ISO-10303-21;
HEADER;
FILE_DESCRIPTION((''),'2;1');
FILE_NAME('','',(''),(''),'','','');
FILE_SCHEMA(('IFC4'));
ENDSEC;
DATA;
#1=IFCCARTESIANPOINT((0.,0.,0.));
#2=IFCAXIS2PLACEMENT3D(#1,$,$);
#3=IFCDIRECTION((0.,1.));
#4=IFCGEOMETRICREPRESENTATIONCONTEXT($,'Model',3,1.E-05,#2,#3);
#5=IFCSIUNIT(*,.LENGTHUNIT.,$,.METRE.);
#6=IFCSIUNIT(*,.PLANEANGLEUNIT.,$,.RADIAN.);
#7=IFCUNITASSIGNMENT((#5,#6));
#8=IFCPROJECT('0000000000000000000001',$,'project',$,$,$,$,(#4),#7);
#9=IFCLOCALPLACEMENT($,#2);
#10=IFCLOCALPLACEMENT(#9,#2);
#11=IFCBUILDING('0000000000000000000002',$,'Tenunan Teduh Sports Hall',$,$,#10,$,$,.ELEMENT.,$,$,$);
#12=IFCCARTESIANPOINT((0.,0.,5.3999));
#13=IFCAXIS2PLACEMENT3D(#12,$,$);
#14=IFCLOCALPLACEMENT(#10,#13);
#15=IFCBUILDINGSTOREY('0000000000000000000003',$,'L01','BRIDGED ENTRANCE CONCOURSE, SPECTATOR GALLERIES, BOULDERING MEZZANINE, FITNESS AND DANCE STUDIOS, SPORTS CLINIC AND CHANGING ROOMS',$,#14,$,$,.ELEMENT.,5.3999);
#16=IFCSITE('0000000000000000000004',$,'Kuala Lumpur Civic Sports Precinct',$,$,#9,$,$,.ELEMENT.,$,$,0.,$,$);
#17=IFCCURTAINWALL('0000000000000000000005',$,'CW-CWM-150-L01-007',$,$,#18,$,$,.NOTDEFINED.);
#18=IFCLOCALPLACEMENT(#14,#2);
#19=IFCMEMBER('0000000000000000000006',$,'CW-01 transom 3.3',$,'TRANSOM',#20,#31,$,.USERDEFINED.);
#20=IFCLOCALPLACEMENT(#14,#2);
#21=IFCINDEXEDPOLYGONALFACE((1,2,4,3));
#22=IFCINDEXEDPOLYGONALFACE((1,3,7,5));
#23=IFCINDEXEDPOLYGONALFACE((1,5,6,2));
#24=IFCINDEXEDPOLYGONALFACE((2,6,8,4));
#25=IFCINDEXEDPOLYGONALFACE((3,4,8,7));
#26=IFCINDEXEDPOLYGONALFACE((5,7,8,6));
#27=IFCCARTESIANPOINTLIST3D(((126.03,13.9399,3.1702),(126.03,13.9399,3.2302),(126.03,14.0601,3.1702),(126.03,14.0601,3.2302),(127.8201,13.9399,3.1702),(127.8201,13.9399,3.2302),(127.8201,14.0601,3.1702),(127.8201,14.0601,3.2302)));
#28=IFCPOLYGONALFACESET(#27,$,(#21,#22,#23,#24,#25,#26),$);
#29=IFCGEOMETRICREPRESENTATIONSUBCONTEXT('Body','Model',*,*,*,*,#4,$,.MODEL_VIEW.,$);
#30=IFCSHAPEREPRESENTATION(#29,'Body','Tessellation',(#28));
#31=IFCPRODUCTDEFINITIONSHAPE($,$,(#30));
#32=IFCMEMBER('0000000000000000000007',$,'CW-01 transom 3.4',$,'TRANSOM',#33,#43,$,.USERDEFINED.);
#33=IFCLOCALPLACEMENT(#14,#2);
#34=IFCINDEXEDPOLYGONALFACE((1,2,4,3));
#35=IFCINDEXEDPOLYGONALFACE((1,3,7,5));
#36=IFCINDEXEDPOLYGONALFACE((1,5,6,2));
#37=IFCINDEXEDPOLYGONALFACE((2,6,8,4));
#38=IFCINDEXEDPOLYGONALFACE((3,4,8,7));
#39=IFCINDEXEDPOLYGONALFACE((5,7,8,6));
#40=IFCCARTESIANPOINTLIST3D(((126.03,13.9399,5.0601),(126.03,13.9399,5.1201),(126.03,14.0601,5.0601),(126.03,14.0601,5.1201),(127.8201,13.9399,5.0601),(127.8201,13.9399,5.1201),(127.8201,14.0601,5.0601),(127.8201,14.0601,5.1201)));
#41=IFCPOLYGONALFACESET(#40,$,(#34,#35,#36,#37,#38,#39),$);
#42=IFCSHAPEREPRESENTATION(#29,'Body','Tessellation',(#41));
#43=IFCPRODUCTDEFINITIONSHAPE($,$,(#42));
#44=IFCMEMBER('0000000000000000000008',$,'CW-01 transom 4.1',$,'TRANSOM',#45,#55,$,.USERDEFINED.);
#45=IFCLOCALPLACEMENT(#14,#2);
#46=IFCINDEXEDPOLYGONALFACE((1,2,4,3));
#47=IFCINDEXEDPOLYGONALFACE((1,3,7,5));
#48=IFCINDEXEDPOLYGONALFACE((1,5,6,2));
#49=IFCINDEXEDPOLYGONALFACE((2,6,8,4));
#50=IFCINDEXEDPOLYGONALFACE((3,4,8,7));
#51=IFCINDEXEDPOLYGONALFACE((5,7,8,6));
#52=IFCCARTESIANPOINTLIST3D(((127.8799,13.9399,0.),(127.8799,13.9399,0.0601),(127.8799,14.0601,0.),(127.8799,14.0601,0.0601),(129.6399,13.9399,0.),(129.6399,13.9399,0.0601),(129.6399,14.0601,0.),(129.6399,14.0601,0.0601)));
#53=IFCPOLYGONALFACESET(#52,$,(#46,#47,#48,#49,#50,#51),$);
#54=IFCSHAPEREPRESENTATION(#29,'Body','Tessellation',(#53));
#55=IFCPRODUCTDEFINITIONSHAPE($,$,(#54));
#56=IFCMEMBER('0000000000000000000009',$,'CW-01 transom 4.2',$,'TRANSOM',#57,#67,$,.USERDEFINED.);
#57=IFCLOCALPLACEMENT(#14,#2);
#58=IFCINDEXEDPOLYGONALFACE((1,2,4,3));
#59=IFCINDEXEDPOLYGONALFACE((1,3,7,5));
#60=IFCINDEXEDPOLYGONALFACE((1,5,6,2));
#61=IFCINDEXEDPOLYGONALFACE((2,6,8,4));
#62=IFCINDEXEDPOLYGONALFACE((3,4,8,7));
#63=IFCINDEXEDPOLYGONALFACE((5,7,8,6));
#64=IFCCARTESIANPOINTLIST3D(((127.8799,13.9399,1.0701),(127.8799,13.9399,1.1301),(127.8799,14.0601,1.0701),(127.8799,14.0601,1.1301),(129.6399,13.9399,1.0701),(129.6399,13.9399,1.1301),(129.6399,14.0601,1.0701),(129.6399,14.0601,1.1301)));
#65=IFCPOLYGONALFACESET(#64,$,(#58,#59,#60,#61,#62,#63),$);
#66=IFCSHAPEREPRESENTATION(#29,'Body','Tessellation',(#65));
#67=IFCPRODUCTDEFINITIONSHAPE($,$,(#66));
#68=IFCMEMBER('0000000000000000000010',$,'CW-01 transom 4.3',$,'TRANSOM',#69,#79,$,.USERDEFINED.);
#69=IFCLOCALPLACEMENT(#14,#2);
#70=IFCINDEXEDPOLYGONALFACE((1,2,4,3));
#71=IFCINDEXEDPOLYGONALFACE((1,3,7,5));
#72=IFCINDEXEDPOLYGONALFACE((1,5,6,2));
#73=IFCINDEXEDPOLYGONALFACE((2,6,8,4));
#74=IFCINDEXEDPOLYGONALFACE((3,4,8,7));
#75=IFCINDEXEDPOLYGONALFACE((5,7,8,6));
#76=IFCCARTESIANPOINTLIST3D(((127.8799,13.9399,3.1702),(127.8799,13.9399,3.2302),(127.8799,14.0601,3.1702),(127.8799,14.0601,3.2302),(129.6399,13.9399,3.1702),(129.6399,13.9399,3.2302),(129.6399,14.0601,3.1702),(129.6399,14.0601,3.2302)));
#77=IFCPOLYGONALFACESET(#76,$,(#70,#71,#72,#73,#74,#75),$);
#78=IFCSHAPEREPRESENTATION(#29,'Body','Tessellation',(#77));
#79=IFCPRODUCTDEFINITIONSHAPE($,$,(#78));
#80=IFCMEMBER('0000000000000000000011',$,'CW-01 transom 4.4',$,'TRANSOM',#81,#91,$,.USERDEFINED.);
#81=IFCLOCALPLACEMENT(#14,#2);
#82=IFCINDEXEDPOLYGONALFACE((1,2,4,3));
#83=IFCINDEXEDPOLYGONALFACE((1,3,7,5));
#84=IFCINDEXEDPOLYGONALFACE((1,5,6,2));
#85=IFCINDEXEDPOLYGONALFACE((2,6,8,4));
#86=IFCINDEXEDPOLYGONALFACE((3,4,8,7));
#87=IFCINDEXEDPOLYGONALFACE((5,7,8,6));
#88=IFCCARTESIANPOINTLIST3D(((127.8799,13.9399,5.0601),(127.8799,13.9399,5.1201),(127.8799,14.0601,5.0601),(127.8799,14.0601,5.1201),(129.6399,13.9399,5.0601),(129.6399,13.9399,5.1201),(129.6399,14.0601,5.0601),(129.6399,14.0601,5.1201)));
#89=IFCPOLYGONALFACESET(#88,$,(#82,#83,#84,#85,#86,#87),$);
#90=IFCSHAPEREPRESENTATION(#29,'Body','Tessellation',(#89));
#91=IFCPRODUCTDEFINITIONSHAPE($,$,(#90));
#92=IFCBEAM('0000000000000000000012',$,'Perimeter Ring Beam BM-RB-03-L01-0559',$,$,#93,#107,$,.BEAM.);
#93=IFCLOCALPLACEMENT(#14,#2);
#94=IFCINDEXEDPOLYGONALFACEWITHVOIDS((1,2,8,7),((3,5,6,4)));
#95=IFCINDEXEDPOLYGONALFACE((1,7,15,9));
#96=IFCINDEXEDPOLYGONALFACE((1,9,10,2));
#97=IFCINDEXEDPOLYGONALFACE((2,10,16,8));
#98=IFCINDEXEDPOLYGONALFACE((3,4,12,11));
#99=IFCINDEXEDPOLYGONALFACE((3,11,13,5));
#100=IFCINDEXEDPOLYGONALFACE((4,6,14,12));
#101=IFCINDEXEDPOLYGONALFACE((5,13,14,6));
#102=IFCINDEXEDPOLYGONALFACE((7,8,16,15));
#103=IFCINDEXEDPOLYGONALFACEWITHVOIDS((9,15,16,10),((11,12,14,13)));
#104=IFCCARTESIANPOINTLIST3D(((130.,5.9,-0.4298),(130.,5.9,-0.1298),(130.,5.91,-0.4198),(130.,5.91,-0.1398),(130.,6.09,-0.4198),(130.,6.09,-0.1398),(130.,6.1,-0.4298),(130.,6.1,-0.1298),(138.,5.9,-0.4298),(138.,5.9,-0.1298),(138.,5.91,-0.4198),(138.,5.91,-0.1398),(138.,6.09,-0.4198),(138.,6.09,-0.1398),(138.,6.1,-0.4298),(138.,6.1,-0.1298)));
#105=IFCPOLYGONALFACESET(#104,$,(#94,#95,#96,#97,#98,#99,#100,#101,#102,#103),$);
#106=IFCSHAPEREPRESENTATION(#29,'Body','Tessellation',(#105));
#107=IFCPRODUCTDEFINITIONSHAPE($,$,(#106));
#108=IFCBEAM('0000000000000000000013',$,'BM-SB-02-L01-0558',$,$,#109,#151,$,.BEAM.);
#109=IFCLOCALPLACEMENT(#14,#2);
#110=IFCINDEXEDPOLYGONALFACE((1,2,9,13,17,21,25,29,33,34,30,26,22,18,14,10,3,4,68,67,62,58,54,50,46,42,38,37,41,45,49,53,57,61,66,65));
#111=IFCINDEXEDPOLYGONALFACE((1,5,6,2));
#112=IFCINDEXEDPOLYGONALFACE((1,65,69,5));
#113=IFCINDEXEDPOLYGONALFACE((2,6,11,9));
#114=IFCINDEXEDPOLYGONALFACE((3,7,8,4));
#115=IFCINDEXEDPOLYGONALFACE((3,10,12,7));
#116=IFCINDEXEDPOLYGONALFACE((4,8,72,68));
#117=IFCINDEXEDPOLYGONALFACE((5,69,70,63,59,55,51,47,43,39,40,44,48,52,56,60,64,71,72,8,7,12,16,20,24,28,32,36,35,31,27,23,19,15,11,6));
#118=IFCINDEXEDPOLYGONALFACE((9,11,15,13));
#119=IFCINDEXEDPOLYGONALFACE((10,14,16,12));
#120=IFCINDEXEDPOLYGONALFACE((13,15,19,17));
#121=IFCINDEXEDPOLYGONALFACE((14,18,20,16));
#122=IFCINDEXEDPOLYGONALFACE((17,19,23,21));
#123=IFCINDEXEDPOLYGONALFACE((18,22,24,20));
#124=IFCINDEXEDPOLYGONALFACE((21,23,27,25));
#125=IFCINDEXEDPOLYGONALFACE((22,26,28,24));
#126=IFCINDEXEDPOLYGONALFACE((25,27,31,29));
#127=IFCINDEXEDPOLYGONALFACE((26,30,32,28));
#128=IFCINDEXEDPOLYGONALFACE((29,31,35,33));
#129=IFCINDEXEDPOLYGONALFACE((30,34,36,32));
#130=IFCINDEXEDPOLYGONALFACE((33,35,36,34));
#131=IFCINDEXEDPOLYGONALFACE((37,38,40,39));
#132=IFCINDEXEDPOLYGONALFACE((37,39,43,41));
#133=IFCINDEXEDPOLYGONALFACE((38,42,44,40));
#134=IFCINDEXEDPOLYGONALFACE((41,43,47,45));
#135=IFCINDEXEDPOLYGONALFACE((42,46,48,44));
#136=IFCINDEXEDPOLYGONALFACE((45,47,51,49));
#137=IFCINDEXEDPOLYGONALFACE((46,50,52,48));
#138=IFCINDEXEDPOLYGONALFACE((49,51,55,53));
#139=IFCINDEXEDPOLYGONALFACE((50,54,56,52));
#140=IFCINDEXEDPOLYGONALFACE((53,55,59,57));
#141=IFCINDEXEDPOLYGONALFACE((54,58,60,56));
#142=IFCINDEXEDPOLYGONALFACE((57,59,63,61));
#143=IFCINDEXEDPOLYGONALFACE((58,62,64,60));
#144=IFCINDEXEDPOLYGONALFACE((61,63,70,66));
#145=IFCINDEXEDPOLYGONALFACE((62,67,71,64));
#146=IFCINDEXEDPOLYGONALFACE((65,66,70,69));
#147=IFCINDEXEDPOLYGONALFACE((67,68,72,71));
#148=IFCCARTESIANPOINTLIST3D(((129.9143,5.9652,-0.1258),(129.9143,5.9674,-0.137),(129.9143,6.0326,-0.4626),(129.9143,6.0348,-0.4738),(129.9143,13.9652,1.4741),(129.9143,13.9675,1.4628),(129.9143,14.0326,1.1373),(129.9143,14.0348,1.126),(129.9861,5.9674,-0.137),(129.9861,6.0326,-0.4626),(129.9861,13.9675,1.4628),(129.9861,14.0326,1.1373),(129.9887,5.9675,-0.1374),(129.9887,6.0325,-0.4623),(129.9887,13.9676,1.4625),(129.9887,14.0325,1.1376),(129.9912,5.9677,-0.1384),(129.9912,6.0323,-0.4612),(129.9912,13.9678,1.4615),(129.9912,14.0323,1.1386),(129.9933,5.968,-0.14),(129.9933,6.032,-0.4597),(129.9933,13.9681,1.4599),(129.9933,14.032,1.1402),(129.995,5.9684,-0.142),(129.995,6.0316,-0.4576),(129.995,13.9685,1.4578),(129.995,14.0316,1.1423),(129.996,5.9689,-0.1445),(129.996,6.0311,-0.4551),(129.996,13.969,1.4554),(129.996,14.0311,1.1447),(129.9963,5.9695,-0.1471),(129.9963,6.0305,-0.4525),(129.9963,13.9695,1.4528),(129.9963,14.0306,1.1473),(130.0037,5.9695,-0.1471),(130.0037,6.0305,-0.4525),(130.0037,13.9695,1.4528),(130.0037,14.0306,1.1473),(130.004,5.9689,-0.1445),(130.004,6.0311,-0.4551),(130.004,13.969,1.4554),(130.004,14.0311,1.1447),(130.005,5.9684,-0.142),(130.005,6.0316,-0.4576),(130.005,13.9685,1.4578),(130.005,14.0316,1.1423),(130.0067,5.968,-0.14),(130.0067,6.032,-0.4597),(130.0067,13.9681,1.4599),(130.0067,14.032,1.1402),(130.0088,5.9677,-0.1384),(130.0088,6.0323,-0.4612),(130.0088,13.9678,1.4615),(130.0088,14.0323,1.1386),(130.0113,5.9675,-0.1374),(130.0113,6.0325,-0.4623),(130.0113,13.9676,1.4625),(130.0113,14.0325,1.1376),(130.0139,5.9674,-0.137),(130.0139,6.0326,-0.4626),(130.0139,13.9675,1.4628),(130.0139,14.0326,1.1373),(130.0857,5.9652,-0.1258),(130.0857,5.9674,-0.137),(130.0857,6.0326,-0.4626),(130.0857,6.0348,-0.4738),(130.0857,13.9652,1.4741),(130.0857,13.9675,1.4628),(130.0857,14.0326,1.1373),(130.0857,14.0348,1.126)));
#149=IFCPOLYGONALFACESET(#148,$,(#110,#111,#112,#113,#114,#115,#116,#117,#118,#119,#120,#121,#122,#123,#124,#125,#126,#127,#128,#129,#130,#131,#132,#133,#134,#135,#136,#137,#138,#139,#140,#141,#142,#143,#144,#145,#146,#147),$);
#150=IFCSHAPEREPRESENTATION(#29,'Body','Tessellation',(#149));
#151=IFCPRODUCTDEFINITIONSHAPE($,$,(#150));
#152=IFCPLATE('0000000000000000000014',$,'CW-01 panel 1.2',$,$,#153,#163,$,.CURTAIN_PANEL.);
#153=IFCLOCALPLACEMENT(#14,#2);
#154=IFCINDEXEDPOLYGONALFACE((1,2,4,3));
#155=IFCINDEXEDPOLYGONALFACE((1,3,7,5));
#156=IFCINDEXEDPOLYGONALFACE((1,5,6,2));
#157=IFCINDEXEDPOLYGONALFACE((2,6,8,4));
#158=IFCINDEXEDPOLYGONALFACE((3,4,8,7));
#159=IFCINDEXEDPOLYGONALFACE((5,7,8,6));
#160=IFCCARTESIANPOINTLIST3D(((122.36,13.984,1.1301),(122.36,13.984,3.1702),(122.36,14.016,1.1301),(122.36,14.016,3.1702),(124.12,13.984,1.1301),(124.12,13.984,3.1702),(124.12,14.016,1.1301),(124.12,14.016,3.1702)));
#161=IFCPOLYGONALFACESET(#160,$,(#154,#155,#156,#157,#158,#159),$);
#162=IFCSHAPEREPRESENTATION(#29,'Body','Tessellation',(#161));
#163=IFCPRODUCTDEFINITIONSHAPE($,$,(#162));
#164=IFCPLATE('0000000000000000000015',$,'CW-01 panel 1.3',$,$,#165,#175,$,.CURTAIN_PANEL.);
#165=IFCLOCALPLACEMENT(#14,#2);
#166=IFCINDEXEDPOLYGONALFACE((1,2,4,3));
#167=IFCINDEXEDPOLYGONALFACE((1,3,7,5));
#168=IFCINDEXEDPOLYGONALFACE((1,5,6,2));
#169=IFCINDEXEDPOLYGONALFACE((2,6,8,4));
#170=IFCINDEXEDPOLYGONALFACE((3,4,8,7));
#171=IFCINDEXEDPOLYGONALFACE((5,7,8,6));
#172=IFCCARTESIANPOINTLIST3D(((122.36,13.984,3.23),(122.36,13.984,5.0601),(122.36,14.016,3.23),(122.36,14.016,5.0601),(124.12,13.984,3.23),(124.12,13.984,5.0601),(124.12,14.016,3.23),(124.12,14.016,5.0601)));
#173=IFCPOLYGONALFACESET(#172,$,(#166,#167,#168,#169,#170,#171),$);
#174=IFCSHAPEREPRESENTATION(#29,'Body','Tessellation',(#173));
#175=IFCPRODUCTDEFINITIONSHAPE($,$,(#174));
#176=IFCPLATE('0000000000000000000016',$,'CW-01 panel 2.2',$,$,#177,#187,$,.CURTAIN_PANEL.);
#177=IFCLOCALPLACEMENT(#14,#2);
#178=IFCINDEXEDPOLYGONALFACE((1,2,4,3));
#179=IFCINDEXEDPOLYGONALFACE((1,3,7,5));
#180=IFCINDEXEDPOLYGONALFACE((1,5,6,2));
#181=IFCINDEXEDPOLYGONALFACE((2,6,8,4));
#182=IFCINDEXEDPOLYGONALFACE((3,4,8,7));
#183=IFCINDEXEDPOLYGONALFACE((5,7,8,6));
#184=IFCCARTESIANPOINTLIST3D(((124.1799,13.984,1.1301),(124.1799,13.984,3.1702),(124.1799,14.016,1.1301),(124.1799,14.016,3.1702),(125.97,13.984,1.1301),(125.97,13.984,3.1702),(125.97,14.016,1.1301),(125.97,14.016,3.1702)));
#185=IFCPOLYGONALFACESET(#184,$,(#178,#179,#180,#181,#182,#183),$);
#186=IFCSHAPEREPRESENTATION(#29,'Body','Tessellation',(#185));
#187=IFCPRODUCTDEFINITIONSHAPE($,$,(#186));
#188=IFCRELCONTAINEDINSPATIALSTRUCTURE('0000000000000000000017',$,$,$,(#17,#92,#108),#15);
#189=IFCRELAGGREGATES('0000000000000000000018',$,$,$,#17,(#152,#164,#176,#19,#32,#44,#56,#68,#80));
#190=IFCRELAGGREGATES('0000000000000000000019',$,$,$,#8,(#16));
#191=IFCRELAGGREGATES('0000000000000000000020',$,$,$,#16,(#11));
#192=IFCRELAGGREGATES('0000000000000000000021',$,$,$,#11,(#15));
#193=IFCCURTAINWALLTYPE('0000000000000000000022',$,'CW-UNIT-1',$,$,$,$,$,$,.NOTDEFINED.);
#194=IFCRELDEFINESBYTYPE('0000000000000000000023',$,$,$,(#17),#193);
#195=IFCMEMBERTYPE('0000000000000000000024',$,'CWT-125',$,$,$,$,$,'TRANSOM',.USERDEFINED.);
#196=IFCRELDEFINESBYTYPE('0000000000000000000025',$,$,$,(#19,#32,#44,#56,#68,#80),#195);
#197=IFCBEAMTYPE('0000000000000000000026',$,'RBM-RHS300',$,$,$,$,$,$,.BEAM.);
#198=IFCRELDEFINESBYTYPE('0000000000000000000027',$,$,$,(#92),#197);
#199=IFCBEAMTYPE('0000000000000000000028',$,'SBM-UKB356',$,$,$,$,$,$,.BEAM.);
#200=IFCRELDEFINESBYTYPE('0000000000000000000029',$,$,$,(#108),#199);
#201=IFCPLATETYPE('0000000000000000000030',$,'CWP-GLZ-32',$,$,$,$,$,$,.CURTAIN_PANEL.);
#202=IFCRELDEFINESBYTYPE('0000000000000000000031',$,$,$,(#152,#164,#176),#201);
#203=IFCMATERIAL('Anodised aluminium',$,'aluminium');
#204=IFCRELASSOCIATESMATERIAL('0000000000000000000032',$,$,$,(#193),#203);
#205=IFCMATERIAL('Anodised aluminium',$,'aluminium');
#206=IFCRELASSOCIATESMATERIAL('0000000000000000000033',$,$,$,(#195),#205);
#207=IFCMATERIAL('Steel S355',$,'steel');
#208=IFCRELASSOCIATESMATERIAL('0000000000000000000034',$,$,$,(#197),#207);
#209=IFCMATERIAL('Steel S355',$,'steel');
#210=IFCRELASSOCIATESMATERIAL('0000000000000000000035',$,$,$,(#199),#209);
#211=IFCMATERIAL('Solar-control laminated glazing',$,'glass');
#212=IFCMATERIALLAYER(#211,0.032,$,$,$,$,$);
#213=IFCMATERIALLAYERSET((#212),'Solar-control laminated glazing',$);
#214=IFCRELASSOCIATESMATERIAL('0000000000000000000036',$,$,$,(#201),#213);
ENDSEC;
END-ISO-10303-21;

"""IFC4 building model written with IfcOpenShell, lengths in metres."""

from ifc_helpers import new_model, si_unit, direction, frame, origin, origin_2d, place, context, subcontext, project, spatial, rectangle, hollow_rectangle, i_section, extrude, material, layer, layer_set, material_profile, profile_set, type_object, element, aggregate, save


model = new_model("IFC4")

# Units and contexts
model_context = context("Model", 3, precision=1e-05, world=origin(), true_north=direction((0.0, 1.0)))
body_context = subcontext(model_context, "Body", "Model", "MODEL_VIEW")
ifc_project = project(units=[si_unit("LENGTHUNIT", "METRE"), si_unit("PLANEANGLEUNIT", "RADIAN")], contexts=[model_context])

# Site, building, storey
site_placement = place(None, origin())
site = spatial("IfcSite", under=ifc_project, at=site_placement, Name="Kuala Lumpur Civic Sports Precinct", CompositionType="ELEMENT", RefElevation=0.0)
building_placement = place(site_placement, origin())
building = spatial("IfcBuilding", under=site, at=building_placement, Name="Tenunan Teduh Sports Hall", CompositionType="ELEMENT")
storey_placement = place(building_placement, frame((0.0, 0.0, 5.3999)))
storey = spatial("IfcBuildingStorey", under=building, at=storey_placement, Name="L01", Description="BRIDGED ENTRANCE CONCOURSE, SPECTATOR GALLERIES, BOULDERING MEZZANINE, FITNESS AND DANCE STUDIOS, SPORTS CLINIC AND CHANGING ROOMS", CompositionType="ELEMENT", Elevation=5.3999)

# Curtain wall, members
ifc_material_1 = material(Name="Anodised aluminium", Category="aluminium")
curtain_wall_type = type_object("IfcCurtainWallType", Name="CW-UNIT-1", PredefinedType="NOTDEFINED", material=ifc_material_1)
curtain_wall_placement = place(storey_placement, origin())
curtain_wall = element("IfcCurtainWall", 1, at=curtain_wall_placement, inside=storey, type_object=curtain_wall_type, Name="CW-CWM-150-L01-007", PredefinedType="NOTDEFINED")
ifc_material_2 = material(Name="Anodised aluminium", Category="aluminium")
ifc_material_profile_1 = material_profile(ifc_material_2, rectangle(XDim=0.0601, YDim=0.1201, at=origin_2d()), Name="CWT 60x120")
ifc_profile_set_1 = profile_set([ifc_material_profile_1], Name="Anodised aluminium")
member_type_1 = type_object("IfcMemberType", Name="CWT-125", ElementType="TRANSOM", PredefinedType="USERDEFINED", material=ifc_profile_set_1)
member_1_placement = place(storey_placement, frame((126.03, 14.0, 3.2002), z_axis=(1.0, 0.0, 0.0), x_axis=(0.0, 0.0, 1.0)))
member_1 = element("IfcMember", 2, at=member_1_placement, type_object=member_type_1, Name="CW-01 transom 3.3", ObjectType="TRANSOM", PredefinedType="USERDEFINED", context=body_context, shape_type="SweptSolid", body=[
    extrude(rectangle(XDim=0.0601, YDim=0.1201, at=origin_2d()), origin(), (0.0, 0.0, 1.0), 1.79),
])
member_2_placement = place(storey_placement, frame((126.03, 14.0, 5.0901), z_axis=(1.0, 0.0, 0.0), x_axis=(0.0, 0.0, 1.0)))
member_2 = element("IfcMember", 3, at=member_2_placement, type_object=member_type_1, Name="CW-01 transom 3.4", ObjectType="TRANSOM", PredefinedType="USERDEFINED", context=body_context, shape_type="SweptSolid", body=[
    extrude(rectangle(XDim=0.0601, YDim=0.1201, at=origin_2d()), origin(), (0.0, 0.0, 1.0), 1.79),
])
member_3_placement = place(storey_placement, frame((127.8799, 14.0, 0.03), z_axis=(1.0, 0.0, 0.0), x_axis=(0.0, 0.0, 1.0)))
member_3 = element("IfcMember", 4, at=member_3_placement, type_object=member_type_1, Name="CW-01 transom 4.1", ObjectType="TRANSOM", PredefinedType="USERDEFINED", context=body_context, shape_type="SweptSolid", body=[
    extrude(rectangle(XDim=0.0601, YDim=0.1201, at=origin_2d()), origin(), (0.0, 0.0, 1.0), 1.76),
])
member_4_placement = place(storey_placement, frame((127.8799, 14.0, 1.1001), z_axis=(1.0, 0.0, 0.0), x_axis=(0.0, 0.0, 1.0)))
member_4 = element("IfcMember", 5, at=member_4_placement, type_object=member_type_1, Name="CW-01 transom 4.2", ObjectType="TRANSOM", PredefinedType="USERDEFINED", context=body_context, shape_type="SweptSolid", body=[
    extrude(rectangle(XDim=0.0601, YDim=0.1201, at=origin_2d()), origin(), (0.0, 0.0, 1.0), 1.76),
])
member_5_placement = place(storey_placement, frame((127.8799, 14.0, 3.2002), z_axis=(1.0, 0.0, 0.0), x_axis=(0.0, 0.0, 1.0)))
member_5 = element("IfcMember", 6, at=member_5_placement, type_object=member_type_1, Name="CW-01 transom 4.3", ObjectType="TRANSOM", PredefinedType="USERDEFINED", context=body_context, shape_type="SweptSolid", body=[
    extrude(rectangle(XDim=0.0601, YDim=0.1201, at=origin_2d()), origin(), (0.0, 0.0, 1.0), 1.76),
])
member_6_placement = place(storey_placement, frame((127.8799, 14.0, 5.0901), z_axis=(1.0, 0.0, 0.0), x_axis=(0.0, 0.0, 1.0)))
member_6 = element("IfcMember", 7, at=member_6_placement, type_object=member_type_1, Name="CW-01 transom 4.4", ObjectType="TRANSOM", PredefinedType="USERDEFINED", context=body_context, shape_type="SweptSolid", body=[
    extrude(rectangle(XDim=0.0601, YDim=0.1201, at=origin_2d()), origin(), (0.0, 0.0, 1.0), 1.76),
])

# Beams
ifc_material_3 = material(Name="Steel S355", Category="steel")
ifc_material_profile_2 = material_profile(ifc_material_3, hollow_rectangle(XDim=0.2, YDim=0.3, WallThickness=0.01, at=origin_2d()), Name="RHS 300x200x10.0")
ifc_profile_set_2 = profile_set([ifc_material_profile_2], Name="Steel S355")
beam_type_1 = type_object("IfcBeamType", Name="RBM-RHS300", PredefinedType="BEAM", material=ifc_profile_set_2)
beam_1_placement = place(storey_placement, frame((130.0, 6.0, -0.2798), z_axis=(1.0, 0.0, 0.0), x_axis=(0.0, 1.0, 0.0)))
element("IfcBeam", 8, at=beam_1_placement, inside=storey, type_object=beam_type_1, Name="Perimeter Ring Beam BM-RB-03-L01-0559", PredefinedType="BEAM", context=body_context, shape_type="SweptSolid", body=[
    extrude(hollow_rectangle(XDim=0.2, YDim=0.3, WallThickness=0.01, at=origin_2d()), origin(), (0.0, 0.0, 1.0), 8.0),
])
ifc_material_4 = material(Name="Steel S355", Category="steel")
ifc_material_profile_3 = material_profile(ifc_material_4, i_section(OverallWidth=0.1714, OverallDepth=0.355, WebThickness=0.0073, FlangeThickness=0.0115, FilletRadius=0.0103, at=origin_2d()), Name="UKB 356x171x51")
ifc_profile_set_3 = profile_set([ifc_material_profile_3], Name="Steel S355")
beam_type_2 = type_object("IfcBeamType", Name="SBM-UKB356", PredefinedType="BEAM", material=ifc_profile_set_3)
beam_2_placement = place(storey_placement, frame((130.0, 6.0, -0.2998), z_axis=(0.0, 0.980584, 0.196099), x_axis=(-1.0, 0.0, 0.0)))
element("IfcBeam", 9, at=beam_2_placement, inside=storey, type_object=beam_type_2, Name="BM-SB-02-L01-0558", PredefinedType="BEAM", context=body_context, shape_type="SweptSolid", body=[
    extrude(i_section(OverallWidth=0.1714, OverallDepth=0.355, WebThickness=0.0073, FlangeThickness=0.0115, FilletRadius=0.0103, at=origin_2d()), origin(), (0.0, 0.0, 1.0), 8.1584),
])

# Plates
ifc_material_5 = material(Name="Solar-control laminated glazing", Category="glass")
ifc_layer_1 = layer(ifc_material_5, 0.032)
ifc_layer_set_1 = layer_set([ifc_layer_1], Name="Solar-control laminated glazing")
plate_type_1 = type_object("IfcPlateType", Name="CWP-GLZ-32", PredefinedType="CURTAIN_PANEL", material=ifc_layer_set_1)
plate_1_placement = place(storey_placement, frame((123.24, 14.0, 1.1301), z_axis=(0.0, 0.0, 1.0), x_axis=(1.0, 0.0, 0.0)))
plate_1 = element("IfcPlate", 10, at=plate_1_placement, type_object=plate_type_1, Name="CW-01 panel 1.2", PredefinedType="CURTAIN_PANEL", context=body_context, shape_type="SweptSolid", body=[
    extrude(rectangle(XDim=1.76, YDim=0.032, at=origin_2d()), origin(), (0.0, 0.0, 1.0), 2.04),
])
plate_2_placement = place(storey_placement, frame((123.24, 14.0, 3.23), z_axis=(0.0, 0.0, 1.0), x_axis=(1.0, 0.0, 0.0)))
plate_2 = element("IfcPlate", 11, at=plate_2_placement, type_object=plate_type_1, Name="CW-01 panel 1.3", PredefinedType="CURTAIN_PANEL", context=body_context, shape_type="SweptSolid", body=[
    extrude(rectangle(XDim=1.76, YDim=0.032, at=origin_2d()), origin(), (0.0, 0.0, 1.0), 1.8301),
])
plate_3_placement = place(storey_placement, frame((125.075, 14.0, 1.1301), z_axis=(0.0, 0.0, 1.0), x_axis=(1.0, 0.0, 0.0)))
plate_3 = element("IfcPlate", 12, at=plate_3_placement, type_object=plate_type_1, Name="CW-01 panel 2.2", PredefinedType="CURTAIN_PANEL", context=body_context, shape_type="SweptSolid", body=[
    extrude(rectangle(XDim=1.79, YDim=0.032, at=origin_2d()), origin(), (0.0, 0.0, 1.0), 2.04),
])
aggregate(curtain_wall, [plate_1, plate_2, plate_3, member_1, member_2, member_3, member_4, member_5, member_6])

save(model, "model.ifc")
